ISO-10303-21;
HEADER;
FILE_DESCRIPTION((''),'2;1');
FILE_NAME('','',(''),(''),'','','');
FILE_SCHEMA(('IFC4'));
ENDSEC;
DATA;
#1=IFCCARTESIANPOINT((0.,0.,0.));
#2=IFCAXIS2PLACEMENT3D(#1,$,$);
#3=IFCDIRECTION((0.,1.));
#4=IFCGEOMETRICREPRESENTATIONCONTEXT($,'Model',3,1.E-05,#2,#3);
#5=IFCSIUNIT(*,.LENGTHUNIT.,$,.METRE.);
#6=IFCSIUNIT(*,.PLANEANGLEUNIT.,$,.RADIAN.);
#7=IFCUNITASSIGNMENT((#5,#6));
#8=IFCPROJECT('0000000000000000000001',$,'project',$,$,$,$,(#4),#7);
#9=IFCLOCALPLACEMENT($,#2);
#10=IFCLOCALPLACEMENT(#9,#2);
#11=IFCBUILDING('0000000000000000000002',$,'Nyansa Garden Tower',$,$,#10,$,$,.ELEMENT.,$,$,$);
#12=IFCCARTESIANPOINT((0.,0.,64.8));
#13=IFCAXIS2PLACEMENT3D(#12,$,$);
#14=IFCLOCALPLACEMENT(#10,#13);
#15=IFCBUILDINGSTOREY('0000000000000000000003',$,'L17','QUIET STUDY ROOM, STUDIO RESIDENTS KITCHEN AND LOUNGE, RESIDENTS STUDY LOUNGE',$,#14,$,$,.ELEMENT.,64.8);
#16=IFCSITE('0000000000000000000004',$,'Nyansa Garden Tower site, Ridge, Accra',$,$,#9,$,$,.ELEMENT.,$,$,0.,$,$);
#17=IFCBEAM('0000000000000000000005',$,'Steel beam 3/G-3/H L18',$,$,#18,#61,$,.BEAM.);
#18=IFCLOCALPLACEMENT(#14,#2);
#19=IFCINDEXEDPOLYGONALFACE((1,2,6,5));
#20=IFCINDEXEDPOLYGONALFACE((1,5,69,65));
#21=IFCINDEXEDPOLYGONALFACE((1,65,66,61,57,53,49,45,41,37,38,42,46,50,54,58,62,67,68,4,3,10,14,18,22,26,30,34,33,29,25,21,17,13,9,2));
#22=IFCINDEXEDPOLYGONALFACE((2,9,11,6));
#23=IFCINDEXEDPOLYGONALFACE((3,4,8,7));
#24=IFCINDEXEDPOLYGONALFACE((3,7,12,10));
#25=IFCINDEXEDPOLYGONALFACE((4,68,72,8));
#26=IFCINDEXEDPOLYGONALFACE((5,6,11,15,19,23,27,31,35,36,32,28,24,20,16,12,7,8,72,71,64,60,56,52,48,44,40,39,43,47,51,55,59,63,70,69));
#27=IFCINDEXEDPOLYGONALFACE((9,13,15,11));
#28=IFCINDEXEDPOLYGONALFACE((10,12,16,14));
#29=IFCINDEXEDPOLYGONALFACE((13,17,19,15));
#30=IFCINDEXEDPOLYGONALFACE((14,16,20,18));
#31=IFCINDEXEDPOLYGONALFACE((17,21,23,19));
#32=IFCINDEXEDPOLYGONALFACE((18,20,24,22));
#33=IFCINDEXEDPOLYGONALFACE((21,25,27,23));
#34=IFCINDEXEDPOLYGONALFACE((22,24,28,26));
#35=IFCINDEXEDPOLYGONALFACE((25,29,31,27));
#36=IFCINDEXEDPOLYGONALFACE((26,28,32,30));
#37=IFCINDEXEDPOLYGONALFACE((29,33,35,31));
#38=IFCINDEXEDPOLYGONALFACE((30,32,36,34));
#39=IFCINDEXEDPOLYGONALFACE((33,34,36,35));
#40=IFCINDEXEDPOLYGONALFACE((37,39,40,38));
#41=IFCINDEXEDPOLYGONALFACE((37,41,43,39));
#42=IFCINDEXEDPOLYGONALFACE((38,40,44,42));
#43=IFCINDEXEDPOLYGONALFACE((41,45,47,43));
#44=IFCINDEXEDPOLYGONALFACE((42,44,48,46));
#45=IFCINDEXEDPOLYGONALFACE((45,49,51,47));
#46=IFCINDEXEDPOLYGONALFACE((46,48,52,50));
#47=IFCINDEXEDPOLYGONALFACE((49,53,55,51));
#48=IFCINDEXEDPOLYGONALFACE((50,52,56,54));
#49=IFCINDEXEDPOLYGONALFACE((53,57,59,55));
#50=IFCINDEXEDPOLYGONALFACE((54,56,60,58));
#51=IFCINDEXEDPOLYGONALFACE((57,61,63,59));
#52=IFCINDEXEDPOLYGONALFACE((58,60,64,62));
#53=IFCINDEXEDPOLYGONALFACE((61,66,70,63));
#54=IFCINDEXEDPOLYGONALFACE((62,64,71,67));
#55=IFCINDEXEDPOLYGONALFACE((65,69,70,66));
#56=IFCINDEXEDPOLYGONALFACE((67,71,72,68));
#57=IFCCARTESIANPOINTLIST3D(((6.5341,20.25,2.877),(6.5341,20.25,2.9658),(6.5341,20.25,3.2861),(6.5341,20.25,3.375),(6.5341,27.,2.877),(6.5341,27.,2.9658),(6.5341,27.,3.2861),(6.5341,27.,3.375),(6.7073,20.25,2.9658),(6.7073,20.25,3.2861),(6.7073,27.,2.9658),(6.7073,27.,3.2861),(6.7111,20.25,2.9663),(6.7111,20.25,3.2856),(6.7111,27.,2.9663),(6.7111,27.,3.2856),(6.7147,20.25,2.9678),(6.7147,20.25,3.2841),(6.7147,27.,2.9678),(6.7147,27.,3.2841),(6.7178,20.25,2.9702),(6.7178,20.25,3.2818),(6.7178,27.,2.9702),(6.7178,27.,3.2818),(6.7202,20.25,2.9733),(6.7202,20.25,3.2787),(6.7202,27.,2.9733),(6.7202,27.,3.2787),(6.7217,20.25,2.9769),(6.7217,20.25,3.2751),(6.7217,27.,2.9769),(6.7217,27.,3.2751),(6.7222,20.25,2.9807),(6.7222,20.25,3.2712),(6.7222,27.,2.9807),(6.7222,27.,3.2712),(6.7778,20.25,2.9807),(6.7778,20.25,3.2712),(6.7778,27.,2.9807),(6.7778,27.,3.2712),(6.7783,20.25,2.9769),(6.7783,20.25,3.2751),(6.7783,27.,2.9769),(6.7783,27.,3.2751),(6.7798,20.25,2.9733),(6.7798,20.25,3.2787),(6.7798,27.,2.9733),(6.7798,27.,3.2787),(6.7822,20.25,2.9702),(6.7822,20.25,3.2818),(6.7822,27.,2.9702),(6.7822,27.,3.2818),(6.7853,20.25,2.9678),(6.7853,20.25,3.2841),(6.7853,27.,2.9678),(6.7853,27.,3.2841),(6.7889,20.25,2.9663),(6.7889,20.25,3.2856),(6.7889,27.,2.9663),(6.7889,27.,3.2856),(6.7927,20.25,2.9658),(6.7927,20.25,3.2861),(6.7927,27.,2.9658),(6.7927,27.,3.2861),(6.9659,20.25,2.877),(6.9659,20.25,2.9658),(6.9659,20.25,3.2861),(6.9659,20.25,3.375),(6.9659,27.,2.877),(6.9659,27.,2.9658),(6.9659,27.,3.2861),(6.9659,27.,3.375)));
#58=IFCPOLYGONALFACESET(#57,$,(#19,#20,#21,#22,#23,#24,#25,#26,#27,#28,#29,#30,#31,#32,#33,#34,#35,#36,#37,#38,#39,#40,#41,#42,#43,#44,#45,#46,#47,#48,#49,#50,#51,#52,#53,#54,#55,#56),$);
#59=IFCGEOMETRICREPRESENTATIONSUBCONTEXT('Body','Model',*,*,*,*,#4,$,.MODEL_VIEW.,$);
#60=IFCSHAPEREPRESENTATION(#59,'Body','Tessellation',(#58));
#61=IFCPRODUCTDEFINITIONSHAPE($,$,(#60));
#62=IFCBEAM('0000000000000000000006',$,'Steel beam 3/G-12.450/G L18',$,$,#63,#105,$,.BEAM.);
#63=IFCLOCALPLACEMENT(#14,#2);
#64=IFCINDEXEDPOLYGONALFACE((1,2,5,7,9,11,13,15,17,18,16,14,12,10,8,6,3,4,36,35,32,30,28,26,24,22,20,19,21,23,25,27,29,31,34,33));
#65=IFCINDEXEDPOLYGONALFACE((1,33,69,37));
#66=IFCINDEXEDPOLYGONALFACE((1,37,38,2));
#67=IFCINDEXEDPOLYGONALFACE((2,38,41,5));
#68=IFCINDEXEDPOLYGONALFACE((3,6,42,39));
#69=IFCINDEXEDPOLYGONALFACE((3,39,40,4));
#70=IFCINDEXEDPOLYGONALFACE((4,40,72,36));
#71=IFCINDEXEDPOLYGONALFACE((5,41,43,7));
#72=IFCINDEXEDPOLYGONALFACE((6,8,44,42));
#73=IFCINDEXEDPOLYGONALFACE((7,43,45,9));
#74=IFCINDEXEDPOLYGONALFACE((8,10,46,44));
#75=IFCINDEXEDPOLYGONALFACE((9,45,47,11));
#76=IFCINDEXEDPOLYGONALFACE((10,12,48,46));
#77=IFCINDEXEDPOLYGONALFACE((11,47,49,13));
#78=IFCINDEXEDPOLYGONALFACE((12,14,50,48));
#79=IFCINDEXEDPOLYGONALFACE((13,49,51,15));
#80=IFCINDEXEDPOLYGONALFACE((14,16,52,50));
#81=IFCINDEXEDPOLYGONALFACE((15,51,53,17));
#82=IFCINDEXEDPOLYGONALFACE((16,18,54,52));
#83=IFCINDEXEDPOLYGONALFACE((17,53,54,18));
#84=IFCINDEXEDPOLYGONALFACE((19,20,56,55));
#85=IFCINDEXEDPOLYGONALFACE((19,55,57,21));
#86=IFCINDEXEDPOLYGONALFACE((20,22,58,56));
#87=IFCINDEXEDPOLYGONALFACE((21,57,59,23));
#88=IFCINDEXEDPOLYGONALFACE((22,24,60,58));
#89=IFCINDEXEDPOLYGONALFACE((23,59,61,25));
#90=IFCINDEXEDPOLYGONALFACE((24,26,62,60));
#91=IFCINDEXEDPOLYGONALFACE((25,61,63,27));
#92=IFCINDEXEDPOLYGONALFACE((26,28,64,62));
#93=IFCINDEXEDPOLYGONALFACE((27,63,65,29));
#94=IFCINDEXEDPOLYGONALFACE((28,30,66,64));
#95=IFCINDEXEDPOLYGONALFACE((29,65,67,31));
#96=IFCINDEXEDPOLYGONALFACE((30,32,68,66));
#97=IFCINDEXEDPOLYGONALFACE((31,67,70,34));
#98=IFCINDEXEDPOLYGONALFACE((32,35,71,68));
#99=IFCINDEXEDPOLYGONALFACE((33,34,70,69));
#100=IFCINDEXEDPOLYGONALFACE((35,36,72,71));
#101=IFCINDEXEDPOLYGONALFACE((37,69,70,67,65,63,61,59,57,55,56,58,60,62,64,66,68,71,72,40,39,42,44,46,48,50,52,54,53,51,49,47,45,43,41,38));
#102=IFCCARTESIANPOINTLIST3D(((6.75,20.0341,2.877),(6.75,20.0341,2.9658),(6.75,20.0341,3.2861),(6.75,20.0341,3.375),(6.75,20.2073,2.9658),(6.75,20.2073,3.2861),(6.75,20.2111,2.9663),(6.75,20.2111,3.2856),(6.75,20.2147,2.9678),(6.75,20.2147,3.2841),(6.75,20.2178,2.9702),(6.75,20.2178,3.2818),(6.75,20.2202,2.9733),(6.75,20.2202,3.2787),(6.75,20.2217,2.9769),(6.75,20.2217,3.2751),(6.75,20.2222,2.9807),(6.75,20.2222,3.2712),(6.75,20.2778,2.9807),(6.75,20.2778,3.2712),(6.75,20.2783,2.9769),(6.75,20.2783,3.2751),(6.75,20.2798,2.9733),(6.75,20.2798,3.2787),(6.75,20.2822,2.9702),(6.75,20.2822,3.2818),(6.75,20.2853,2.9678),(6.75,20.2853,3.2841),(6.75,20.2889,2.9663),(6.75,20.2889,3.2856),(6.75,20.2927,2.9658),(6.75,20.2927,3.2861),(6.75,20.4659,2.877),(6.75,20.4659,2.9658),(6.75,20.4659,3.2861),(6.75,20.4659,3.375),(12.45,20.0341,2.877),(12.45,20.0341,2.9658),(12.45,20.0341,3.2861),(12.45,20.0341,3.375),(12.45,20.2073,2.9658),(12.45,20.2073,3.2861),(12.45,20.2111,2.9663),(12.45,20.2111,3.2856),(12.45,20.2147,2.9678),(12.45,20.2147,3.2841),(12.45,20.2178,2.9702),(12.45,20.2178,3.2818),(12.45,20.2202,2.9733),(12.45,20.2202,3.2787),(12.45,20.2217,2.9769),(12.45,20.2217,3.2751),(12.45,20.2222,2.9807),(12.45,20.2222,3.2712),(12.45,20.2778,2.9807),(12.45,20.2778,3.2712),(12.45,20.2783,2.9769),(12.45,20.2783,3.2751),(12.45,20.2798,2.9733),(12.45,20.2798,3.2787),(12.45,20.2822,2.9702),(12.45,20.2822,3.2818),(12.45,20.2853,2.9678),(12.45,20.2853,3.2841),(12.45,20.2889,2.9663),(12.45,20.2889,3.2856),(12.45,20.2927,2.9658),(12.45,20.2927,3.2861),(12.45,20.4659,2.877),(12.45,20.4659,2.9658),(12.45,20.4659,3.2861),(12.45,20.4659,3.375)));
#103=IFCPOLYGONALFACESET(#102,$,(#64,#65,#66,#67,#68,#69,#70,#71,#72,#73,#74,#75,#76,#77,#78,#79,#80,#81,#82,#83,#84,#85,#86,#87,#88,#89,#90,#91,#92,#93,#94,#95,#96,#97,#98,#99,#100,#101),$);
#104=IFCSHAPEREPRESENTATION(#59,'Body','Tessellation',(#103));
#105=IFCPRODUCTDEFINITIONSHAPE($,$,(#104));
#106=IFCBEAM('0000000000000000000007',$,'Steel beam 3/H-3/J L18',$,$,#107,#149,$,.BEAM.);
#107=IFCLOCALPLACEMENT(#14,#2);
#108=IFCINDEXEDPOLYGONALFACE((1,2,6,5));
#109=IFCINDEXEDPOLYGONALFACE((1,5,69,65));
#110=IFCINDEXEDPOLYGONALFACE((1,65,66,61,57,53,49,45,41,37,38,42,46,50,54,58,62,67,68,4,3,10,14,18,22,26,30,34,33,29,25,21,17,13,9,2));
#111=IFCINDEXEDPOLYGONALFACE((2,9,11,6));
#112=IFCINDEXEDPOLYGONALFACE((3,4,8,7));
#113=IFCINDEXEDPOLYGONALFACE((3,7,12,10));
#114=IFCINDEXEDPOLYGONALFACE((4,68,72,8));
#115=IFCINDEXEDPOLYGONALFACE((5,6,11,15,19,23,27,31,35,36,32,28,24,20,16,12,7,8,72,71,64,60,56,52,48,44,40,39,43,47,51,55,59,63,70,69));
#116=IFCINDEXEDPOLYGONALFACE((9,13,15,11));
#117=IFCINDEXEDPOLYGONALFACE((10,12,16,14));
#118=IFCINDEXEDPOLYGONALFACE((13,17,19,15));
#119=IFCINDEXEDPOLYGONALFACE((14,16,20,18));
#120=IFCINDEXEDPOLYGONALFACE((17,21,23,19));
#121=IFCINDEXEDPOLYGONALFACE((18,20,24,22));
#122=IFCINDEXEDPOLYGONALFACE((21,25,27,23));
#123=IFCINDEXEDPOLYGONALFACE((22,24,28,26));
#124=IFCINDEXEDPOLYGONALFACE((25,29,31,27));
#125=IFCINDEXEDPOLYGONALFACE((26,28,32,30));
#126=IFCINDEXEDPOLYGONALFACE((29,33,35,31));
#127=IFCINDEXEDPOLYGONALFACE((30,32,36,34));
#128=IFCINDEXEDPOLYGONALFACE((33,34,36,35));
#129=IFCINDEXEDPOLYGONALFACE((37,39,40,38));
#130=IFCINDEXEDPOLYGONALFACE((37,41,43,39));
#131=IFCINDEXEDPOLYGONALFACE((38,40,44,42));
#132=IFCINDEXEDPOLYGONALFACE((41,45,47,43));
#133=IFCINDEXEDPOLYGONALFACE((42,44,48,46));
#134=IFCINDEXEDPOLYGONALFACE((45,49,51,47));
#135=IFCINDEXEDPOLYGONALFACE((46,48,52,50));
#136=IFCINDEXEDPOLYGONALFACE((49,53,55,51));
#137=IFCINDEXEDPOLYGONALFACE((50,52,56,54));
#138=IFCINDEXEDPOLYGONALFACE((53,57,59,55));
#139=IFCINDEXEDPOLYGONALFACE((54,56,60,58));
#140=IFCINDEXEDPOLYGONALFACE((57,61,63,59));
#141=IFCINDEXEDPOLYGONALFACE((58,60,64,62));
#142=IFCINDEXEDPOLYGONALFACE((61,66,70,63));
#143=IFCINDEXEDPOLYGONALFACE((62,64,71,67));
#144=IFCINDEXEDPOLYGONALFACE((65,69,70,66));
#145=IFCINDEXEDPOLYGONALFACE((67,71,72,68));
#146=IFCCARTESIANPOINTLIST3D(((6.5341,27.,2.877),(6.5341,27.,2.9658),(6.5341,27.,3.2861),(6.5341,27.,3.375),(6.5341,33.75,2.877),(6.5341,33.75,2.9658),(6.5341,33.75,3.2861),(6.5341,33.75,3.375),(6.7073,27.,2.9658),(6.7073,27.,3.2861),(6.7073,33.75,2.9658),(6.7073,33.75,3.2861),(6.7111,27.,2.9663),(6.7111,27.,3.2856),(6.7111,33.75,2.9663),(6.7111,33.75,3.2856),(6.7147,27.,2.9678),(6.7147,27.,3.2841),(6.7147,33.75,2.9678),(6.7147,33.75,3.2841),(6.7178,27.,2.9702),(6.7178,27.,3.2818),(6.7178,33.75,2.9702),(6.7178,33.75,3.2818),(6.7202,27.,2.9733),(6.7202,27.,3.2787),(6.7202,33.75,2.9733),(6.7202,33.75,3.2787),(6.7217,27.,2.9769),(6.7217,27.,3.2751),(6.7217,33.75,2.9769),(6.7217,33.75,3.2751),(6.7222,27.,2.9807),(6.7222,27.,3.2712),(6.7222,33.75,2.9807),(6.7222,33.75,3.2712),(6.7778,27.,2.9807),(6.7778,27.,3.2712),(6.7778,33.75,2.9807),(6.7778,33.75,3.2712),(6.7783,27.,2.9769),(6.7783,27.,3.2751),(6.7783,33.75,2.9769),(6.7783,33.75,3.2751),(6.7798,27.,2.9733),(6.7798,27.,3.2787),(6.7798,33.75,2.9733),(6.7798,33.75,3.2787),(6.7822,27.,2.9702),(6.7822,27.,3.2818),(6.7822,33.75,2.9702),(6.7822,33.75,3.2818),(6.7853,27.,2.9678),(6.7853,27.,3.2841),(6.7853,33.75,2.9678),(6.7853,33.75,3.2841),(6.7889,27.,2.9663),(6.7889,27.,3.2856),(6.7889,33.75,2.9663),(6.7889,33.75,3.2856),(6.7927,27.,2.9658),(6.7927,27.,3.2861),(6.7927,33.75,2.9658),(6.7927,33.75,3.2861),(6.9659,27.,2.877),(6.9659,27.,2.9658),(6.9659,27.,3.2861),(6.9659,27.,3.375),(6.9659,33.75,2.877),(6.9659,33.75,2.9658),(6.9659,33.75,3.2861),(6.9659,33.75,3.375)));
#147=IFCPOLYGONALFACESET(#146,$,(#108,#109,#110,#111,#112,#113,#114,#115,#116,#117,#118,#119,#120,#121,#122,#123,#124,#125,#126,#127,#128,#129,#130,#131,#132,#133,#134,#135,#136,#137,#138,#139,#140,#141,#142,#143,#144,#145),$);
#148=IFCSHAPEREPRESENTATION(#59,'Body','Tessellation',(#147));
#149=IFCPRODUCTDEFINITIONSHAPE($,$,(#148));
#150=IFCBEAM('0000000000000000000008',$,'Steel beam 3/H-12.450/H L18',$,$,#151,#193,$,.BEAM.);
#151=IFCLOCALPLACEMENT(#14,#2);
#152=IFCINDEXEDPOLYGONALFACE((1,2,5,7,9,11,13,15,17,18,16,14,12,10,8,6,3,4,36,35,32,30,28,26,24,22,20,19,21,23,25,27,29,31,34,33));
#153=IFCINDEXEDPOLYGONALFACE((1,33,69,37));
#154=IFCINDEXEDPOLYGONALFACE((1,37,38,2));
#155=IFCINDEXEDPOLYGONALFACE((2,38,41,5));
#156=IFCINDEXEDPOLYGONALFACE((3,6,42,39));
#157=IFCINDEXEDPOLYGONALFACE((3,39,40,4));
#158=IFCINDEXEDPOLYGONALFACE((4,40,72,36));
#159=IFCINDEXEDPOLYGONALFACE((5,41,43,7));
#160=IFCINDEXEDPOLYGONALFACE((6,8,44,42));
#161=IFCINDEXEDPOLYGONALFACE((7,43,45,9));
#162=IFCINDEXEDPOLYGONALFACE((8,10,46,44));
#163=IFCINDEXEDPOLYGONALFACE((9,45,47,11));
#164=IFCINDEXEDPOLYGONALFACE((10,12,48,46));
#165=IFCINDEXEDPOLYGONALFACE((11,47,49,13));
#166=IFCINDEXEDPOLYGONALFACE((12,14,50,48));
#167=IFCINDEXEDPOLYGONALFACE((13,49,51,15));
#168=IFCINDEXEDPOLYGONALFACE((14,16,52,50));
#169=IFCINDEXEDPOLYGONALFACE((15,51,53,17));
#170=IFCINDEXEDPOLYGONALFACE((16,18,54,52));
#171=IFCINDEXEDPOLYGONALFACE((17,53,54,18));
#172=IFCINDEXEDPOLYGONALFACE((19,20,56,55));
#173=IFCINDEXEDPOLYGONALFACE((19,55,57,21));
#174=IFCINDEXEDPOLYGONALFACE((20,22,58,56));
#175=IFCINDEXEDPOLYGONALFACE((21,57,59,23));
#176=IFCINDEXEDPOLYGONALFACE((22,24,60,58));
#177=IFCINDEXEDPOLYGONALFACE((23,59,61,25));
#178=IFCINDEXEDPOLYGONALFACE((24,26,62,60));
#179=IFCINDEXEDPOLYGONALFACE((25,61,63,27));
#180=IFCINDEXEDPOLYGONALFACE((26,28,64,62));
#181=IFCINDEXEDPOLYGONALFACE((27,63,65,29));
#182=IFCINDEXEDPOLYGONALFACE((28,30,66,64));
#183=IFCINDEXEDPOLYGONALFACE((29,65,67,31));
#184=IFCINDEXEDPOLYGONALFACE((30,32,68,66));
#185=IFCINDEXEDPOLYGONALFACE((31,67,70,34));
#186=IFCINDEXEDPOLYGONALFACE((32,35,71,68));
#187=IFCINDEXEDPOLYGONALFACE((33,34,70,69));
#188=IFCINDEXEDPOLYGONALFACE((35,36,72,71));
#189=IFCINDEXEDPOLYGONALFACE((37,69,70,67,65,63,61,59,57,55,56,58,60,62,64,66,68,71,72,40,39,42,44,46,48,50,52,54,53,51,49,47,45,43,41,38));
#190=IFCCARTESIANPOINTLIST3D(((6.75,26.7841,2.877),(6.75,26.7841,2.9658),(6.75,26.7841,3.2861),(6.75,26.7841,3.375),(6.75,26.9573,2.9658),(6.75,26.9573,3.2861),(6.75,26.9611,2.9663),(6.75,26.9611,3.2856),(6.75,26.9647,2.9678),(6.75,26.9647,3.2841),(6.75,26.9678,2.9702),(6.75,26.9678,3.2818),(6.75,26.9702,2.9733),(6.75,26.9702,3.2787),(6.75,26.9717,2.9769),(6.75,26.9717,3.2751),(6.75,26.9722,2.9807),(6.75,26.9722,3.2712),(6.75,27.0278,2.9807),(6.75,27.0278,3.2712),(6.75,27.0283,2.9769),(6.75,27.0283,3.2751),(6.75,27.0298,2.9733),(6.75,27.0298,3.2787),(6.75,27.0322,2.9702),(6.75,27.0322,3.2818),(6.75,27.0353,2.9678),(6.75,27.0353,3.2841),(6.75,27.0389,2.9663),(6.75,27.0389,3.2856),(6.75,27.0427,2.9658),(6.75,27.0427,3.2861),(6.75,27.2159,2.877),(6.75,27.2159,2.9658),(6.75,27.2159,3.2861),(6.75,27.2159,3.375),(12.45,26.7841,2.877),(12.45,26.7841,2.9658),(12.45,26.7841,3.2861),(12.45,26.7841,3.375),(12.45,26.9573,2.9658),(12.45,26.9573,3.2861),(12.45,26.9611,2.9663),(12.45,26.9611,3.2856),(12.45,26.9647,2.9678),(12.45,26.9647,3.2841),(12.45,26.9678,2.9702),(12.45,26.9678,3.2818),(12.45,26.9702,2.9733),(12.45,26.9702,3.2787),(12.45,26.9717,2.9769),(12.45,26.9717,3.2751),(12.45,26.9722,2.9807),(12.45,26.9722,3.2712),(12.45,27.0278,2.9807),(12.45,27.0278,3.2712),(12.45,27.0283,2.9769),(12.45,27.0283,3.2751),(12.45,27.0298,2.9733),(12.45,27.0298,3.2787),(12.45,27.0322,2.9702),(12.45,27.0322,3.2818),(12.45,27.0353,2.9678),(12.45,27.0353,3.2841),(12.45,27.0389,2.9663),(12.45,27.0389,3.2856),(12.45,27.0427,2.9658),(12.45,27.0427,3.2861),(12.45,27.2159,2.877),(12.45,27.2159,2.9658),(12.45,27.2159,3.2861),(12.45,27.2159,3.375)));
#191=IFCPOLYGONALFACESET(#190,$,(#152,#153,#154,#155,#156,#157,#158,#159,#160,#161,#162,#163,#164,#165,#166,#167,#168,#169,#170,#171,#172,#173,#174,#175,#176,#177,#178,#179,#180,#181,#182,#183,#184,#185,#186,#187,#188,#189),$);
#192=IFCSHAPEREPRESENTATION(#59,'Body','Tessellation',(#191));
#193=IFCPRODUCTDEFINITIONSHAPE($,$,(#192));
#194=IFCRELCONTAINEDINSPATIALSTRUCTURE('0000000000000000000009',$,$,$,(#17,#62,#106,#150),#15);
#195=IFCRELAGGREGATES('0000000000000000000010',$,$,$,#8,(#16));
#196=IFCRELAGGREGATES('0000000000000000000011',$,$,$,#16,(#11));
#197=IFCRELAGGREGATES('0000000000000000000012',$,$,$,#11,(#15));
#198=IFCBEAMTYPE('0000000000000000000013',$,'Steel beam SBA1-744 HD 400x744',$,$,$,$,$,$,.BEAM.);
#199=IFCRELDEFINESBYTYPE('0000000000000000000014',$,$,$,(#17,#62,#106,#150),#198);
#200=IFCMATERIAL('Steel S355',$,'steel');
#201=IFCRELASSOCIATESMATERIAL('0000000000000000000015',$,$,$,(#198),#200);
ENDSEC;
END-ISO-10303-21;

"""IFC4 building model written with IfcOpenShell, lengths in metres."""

from ifc_helpers import new_model, si_unit, direction, frame, origin, origin_2d, place, context, subcontext, project, spatial, i_section, extrude, material, material_profile, profile_set, type_object, element, save


model = new_model("IFC4")

# Units and contexts
model_context = context("Model", 3, precision=1e-05, world=origin(), true_north=direction((0.0, 1.0)))
body_context = subcontext(model_context, "Body", "Model", "MODEL_VIEW")
ifc_project = project(units=[si_unit("LENGTHUNIT", "METRE"), si_unit("PLANEANGLEUNIT", "RADIAN")], contexts=[model_context])

# Site, building, storey
site_placement = place(None, origin())
site = spatial("IfcSite", under=ifc_project, at=site_placement, Name="Nyansa Garden Tower site, Ridge, Accra", CompositionType="ELEMENT", RefElevation=0.0)
building_placement = place(site_placement, origin())
building = spatial("IfcBuilding", under=site, at=building_placement, Name="Nyansa Garden Tower", CompositionType="ELEMENT")
storey_placement = place(building_placement, frame((0.0, 0.0, 64.8)))
storey = spatial("IfcBuildingStorey", under=building, at=storey_placement, Name="L17", Description="QUIET STUDY ROOM, STUDIO RESIDENTS KITCHEN AND LOUNGE, RESIDENTS STUDY LOUNGE", CompositionType="ELEMENT", Elevation=64.8)

# Beams
ifc_material_1 = material(Name="Steel S355", Category="steel")
ifc_material_profile_1 = material_profile(ifc_material_1, i_section(OverallWidth=0.4319, OverallDepth=0.498, WebThickness=0.0557, FlangeThickness=0.0889, FilletRadius=0.0149, at=origin_2d()), Name="HD 400x744")
ifc_profile_set_1 = profile_set([ifc_material_profile_1], Name="Steel S355")
beam_type_1 = type_object("IfcBeamType", Name="Steel beam SBA1-744 HD 400x744", PredefinedType="BEAM", material=ifc_profile_set_1)
beam_1_placement = place(storey_placement, frame((6.75, 20.25, 3.126), z_axis=(0.0, 1.0, 0.0), x_axis=(-1.0, 0.0, 0.0)))
element("IfcBeam", 1, at=beam_1_placement, inside=storey, type_object=beam_type_1, Name="Steel beam 3/G-3/H L18", PredefinedType="BEAM", context=body_context, shape_type="SweptSolid", body=[
    extrude(i_section(OverallWidth=0.4319, OverallDepth=0.498, WebThickness=0.0557, FlangeThickness=0.0889, FilletRadius=0.0149, at=origin_2d()), origin(), (0.0, 0.0, 1.0), 6.75),
])
beam_2_placement = place(storey_placement, frame((6.75, 20.25, 3.126), z_axis=(1.0, 0.0, 0.0), x_axis=(0.0, 1.0, 0.0)))
element("IfcBeam", 2, at=beam_2_placement, inside=storey, type_object=beam_type_1, Name="Steel beam 3/G-12.450/G L18", PredefinedType="BEAM", context=body_context, shape_type="SweptSolid", body=[
    extrude(i_section(OverallWidth=0.4319, OverallDepth=0.498, WebThickness=0.0557, FlangeThickness=0.0889, FilletRadius=0.0149, at=origin_2d()), origin(), (0.0, 0.0, 1.0), 5.7),
])
beam_3_placement = place(storey_placement, frame((6.75, 27.0, 3.126), z_axis=(0.0, 1.0, 0.0), x_axis=(-1.0, 0.0, 0.0)))
element("IfcBeam", 3, at=beam_3_placement, inside=storey, type_object=beam_type_1, Name="Steel beam 3/H-3/J L18", PredefinedType="BEAM", context=body_context, shape_type="SweptSolid", body=[
    extrude(i_section(OverallWidth=0.4319, OverallDepth=0.498, WebThickness=0.0557, FlangeThickness=0.0889, FilletRadius=0.0149, at=origin_2d()), origin(), (0.0, 0.0, 1.0), 6.75),
])
for number, where, z_axis, x_axis, name in (
    (4, (6.75, 27.0, 3.126), (1.0, 0.0, 0.0), (0.0, 1.0, 0.0), "Steel beam 3/H-12.450/H L18"),
):
    element("IfcBeam", number, at=place(storey_placement, frame(where, z_axis=z_axis, x_axis=x_axis)), inside=storey, type_object=beam_type_1, Name=name, PredefinedType="BEAM", context=body_context, shape_type="SweptSolid", body=[
        extrude(i_section(OverallWidth=0.4319, OverallDepth=0.498, WebThickness=0.0557, FlangeThickness=0.0889, FilletRadius=0.0149, at=origin_2d()), origin(), (0.0, 0.0, 1.0), 5.7),
    ])

save(model, "model.ifc")
